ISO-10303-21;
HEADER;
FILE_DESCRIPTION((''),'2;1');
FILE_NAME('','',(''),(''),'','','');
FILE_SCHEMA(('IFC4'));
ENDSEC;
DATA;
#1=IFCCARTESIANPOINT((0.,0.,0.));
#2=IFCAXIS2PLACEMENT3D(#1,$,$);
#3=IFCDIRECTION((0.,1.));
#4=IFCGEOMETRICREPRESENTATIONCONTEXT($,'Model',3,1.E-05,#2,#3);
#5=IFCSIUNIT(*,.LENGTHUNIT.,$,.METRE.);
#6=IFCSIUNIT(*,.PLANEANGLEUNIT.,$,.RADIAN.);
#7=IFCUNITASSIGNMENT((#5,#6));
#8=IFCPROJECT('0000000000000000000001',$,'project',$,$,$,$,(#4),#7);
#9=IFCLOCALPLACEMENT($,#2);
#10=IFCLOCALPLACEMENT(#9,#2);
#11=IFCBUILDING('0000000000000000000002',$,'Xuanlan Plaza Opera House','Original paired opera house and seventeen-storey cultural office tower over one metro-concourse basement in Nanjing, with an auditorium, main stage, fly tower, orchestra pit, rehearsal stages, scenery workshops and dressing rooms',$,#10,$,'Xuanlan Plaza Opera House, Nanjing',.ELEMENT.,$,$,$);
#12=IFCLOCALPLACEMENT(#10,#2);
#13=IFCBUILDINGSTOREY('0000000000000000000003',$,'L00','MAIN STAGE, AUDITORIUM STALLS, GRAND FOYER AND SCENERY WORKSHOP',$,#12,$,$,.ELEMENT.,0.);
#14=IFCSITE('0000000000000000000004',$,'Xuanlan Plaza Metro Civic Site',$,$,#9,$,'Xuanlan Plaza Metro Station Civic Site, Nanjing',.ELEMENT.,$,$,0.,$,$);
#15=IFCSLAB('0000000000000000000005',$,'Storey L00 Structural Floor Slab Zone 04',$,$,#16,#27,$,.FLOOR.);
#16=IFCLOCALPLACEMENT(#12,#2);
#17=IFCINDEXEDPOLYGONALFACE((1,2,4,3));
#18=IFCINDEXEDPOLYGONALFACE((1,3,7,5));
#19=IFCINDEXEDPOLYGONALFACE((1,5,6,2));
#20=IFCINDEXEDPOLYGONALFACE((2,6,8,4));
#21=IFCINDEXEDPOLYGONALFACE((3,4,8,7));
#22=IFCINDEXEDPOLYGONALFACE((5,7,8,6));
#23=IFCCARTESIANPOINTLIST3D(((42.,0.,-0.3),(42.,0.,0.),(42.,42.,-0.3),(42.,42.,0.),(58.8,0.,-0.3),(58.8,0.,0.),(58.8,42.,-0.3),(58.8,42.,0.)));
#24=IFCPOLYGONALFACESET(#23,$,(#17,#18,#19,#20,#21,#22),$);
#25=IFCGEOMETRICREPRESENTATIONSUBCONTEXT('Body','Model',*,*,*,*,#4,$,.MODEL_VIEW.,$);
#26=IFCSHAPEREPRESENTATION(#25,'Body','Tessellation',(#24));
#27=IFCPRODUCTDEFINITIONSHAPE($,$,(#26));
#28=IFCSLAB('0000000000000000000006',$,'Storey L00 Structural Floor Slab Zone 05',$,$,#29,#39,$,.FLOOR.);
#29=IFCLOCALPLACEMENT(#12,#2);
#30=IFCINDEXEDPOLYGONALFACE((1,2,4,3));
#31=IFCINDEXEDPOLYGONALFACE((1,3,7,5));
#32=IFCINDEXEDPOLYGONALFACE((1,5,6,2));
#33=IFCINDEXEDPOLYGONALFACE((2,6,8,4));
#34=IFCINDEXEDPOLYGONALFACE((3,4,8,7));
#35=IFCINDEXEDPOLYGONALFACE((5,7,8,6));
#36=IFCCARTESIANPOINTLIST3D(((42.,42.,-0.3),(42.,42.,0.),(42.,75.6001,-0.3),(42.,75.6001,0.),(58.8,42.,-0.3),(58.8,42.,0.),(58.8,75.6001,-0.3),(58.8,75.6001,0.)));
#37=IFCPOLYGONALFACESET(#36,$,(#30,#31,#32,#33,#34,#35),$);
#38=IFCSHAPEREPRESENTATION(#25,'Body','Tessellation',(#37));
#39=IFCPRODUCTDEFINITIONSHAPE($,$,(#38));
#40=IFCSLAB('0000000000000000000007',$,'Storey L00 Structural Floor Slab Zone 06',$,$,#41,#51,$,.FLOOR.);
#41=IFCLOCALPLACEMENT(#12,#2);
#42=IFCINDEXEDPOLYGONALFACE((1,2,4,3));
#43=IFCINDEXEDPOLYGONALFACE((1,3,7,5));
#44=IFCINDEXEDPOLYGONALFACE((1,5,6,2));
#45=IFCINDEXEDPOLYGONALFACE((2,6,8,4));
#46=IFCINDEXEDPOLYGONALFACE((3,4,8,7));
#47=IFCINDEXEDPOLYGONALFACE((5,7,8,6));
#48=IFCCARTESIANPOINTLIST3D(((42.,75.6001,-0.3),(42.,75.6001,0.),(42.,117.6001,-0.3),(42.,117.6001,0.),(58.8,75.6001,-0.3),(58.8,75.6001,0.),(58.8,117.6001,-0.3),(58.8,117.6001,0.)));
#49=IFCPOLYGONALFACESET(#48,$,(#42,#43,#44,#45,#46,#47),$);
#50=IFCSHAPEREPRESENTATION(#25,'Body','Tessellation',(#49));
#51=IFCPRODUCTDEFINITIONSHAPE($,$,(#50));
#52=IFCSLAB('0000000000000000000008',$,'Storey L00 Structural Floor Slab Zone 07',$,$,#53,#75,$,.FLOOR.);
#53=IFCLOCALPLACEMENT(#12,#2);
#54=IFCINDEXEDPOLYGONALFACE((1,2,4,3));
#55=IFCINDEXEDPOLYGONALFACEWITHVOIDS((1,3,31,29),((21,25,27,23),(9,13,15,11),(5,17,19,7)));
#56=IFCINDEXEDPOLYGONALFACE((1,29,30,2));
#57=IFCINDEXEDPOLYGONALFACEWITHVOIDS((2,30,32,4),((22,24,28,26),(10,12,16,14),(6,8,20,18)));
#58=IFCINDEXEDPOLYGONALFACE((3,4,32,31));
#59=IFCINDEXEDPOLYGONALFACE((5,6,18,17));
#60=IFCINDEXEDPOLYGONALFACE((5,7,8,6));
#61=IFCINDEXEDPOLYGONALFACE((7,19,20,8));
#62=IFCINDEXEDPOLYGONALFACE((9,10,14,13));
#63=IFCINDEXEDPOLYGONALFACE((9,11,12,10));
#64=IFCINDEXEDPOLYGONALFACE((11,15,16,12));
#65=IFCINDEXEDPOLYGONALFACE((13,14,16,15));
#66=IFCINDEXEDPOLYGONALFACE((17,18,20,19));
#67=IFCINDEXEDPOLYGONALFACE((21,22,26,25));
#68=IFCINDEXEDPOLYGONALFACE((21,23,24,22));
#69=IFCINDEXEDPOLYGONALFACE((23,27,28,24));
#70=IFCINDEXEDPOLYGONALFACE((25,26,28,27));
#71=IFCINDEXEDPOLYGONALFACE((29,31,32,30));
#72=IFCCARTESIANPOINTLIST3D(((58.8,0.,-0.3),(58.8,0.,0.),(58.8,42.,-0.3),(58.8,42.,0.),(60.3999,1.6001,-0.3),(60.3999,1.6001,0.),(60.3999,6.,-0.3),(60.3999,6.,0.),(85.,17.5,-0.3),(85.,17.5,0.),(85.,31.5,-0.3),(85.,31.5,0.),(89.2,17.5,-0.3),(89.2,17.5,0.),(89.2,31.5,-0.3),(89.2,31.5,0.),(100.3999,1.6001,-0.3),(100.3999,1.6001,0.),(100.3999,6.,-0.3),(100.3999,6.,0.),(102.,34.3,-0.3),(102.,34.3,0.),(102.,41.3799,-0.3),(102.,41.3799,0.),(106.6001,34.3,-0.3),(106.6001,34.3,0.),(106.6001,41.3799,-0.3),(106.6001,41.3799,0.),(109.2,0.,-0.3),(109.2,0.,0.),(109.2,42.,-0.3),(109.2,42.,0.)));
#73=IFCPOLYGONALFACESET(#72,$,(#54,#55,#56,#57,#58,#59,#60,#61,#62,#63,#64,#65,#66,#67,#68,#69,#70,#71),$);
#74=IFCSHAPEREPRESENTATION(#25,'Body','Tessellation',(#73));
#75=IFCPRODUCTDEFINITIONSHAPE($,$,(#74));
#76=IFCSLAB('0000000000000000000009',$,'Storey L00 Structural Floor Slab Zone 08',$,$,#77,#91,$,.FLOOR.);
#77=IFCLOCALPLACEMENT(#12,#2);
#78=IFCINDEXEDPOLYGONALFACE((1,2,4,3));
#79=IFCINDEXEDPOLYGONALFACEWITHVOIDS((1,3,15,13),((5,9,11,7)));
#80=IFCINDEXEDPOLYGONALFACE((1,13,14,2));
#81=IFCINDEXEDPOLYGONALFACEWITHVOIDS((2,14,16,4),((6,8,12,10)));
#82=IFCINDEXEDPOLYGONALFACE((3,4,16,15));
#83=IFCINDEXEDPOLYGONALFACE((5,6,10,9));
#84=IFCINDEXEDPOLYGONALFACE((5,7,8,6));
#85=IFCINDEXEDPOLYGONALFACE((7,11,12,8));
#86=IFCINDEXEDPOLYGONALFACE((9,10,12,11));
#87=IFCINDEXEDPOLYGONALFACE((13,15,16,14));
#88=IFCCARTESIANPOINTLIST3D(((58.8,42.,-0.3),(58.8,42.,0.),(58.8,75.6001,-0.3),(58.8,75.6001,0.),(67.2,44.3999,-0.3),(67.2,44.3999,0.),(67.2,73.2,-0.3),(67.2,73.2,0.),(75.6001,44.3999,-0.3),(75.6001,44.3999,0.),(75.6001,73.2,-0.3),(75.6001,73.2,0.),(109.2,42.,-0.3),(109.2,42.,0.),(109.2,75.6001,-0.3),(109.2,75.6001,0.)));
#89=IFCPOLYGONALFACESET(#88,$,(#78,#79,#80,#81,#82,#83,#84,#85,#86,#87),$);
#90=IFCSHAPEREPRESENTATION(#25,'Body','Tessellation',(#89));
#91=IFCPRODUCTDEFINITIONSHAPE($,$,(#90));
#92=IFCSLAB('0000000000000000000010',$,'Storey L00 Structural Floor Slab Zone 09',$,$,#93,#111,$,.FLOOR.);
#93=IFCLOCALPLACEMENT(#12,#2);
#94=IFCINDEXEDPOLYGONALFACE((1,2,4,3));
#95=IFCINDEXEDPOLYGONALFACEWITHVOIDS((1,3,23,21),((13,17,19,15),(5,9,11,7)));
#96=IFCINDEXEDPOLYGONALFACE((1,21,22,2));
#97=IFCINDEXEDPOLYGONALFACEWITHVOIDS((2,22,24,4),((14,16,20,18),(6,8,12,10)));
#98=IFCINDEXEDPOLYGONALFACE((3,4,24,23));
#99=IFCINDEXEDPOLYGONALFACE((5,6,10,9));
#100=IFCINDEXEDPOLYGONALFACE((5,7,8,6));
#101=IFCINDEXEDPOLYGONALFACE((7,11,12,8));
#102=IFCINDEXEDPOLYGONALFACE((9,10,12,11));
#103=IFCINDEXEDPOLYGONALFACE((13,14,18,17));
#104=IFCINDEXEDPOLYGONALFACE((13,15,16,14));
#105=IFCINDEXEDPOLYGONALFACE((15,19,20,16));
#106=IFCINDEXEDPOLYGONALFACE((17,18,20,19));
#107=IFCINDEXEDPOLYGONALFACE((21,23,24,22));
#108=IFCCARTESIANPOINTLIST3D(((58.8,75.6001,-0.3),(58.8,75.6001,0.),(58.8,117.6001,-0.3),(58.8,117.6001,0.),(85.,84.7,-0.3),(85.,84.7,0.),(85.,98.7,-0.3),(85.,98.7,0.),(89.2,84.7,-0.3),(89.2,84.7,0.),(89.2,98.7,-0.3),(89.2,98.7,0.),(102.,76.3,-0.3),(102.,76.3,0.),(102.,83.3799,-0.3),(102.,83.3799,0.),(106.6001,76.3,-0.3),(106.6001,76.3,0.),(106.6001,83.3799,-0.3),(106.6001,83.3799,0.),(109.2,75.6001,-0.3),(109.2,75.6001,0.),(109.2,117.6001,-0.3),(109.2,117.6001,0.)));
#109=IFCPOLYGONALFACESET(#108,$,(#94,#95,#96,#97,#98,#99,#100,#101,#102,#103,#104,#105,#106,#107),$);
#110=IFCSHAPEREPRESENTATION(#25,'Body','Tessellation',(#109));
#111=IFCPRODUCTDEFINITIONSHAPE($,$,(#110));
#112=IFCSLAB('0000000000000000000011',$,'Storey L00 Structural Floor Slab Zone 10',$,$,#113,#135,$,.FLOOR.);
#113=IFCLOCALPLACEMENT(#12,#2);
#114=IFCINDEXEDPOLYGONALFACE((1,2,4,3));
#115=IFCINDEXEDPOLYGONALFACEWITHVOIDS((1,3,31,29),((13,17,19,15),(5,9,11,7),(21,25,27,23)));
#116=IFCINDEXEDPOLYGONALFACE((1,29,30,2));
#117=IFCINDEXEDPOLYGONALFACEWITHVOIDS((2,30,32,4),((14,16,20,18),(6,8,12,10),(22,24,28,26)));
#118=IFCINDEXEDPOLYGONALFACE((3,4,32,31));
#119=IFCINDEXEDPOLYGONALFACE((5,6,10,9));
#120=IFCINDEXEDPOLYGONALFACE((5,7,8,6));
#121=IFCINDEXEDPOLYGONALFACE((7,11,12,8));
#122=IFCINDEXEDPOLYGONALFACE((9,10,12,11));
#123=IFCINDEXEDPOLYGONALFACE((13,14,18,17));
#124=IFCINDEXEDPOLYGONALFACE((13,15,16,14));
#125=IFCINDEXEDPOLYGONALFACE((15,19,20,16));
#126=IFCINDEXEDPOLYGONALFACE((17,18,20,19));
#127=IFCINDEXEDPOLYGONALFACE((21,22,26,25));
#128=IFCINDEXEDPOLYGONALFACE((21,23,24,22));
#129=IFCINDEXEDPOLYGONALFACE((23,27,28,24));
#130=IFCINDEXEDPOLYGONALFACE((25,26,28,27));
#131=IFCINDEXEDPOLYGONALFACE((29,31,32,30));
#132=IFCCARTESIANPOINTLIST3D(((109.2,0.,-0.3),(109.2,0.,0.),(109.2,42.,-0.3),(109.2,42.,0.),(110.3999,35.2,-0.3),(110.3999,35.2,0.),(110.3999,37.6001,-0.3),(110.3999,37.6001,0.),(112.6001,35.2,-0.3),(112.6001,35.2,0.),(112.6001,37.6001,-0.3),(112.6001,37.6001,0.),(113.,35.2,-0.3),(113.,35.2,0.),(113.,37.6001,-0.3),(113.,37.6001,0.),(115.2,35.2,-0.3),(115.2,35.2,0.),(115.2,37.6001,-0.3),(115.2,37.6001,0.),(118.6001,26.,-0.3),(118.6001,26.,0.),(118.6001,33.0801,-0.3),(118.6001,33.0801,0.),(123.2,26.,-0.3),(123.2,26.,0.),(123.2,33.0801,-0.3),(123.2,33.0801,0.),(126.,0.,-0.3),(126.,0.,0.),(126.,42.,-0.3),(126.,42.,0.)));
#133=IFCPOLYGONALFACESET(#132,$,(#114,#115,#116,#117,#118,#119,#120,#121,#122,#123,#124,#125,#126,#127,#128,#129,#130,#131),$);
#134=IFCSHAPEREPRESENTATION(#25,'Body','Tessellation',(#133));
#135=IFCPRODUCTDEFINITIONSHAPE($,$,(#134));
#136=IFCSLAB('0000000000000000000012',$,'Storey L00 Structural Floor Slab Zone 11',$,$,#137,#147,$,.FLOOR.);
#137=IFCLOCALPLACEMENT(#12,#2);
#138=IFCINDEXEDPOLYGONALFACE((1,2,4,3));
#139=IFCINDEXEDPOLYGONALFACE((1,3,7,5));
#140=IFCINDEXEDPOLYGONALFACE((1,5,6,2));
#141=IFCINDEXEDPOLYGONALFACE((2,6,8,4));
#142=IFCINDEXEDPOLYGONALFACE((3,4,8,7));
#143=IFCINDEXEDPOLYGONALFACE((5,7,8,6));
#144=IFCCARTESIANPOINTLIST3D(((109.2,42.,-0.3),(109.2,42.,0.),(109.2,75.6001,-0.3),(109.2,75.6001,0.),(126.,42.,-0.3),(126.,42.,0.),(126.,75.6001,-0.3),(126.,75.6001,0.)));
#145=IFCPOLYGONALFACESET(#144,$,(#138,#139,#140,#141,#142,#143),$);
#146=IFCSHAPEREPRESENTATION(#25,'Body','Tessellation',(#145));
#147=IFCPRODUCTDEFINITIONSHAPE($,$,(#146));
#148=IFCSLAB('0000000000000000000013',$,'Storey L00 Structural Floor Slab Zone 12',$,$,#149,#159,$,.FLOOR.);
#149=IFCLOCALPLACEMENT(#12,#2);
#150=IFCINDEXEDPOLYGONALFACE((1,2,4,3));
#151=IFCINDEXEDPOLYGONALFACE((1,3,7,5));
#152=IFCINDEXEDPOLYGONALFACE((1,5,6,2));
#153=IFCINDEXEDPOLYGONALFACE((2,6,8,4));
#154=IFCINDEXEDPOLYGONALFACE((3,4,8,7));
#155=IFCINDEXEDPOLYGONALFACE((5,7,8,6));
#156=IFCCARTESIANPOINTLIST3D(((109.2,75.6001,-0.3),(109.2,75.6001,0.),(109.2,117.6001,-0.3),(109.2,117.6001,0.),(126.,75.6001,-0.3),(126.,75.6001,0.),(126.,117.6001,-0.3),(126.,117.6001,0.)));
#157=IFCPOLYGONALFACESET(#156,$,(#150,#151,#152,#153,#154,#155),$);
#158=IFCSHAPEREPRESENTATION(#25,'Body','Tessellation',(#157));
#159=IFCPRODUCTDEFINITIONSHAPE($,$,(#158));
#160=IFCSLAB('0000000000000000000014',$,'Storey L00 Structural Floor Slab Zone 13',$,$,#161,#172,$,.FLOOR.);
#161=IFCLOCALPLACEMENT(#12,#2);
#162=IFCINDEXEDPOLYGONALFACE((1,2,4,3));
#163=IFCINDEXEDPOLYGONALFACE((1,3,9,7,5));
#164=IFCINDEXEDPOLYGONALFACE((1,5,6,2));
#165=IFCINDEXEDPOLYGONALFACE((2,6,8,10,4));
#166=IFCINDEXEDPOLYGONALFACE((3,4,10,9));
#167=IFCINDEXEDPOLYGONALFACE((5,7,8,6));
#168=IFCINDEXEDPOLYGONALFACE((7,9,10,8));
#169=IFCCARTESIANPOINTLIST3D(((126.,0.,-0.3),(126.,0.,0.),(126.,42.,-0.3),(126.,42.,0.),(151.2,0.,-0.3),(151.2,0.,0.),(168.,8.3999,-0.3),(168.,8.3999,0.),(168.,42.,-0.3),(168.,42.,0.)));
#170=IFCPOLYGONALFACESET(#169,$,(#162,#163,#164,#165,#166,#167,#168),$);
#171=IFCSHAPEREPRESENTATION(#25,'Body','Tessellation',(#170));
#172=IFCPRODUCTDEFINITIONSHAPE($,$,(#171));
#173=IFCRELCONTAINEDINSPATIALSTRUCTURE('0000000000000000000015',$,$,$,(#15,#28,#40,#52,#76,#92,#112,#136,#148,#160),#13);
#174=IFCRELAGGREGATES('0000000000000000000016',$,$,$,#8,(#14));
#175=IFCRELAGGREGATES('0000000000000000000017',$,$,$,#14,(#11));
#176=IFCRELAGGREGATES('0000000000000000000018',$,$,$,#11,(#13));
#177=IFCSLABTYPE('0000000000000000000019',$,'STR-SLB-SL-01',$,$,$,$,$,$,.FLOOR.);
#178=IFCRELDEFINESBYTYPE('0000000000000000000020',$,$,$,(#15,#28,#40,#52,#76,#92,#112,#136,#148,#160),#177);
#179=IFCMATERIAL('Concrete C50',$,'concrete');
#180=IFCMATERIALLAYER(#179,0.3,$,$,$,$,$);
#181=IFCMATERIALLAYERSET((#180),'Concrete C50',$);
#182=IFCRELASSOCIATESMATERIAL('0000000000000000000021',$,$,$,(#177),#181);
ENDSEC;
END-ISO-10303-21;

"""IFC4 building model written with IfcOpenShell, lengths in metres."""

from ifc_helpers import new_model, si_unit, direction, frame, origin, place, context, subcontext, project, spatial, polyline, outline, extrude, material, layer, layer_set, type_object, element, save


model = new_model("IFC4")

# Units and contexts
model_context = context("Model", 3, precision=1e-05, world=origin(), true_north=direction((0.0, 1.0)))
body_context = subcontext(model_context, "Body", "Model", "MODEL_VIEW")
ifc_project = project(units=[si_unit("LENGTHUNIT", "METRE"), si_unit("PLANEANGLEUNIT", "RADIAN")], contexts=[model_context])

# Site, building, storey
site_placement = place(None, origin())
site = spatial("IfcSite", under=ifc_project, at=site_placement, Name="Xuanlan Plaza Metro Civic Site", LongName="Xuanlan Plaza Metro Station Civic Site, Nanjing", CompositionType="ELEMENT", RefElevation=0.0)
building_placement = place(site_placement, origin())
building = spatial("IfcBuilding", under=site, at=building_placement, Name="Xuanlan Plaza Opera House", Description="Original paired opera house and seventeen-storey cultural office tower over one metro-concourse basement in Nanjing, with an auditorium, main stage, fly tower, orchestra pit, rehearsal stages, scenery workshops and dressing rooms", LongName="Xuanlan Plaza Opera House, Nanjing", CompositionType="ELEMENT")
storey_placement = place(building_placement, origin())
storey = spatial("IfcBuildingStorey", under=building, at=storey_placement, Name="L00", Description="MAIN STAGE, AUDITORIUM STALLS, GRAND FOYER AND SCENERY WORKSHOP", CompositionType="ELEMENT", Elevation=0.0)

# Slabs
ifc_material_1 = material(Name="Concrete C50", Category="concrete")
ifc_layer_1 = layer(ifc_material_1, 0.3)
ifc_layer_set_1 = layer_set([ifc_layer_1], Name="Concrete C50")
slab_type_1 = type_object("IfcSlabType", Name="STR-SLB-SL-01", PredefinedType="FLOOR", material=ifc_layer_set_1)
slab_1_placement = place(storey_placement, frame((0.0, 0.0, -0.3)))
element("IfcSlab", 1, at=slab_1_placement, inside=storey, type_object=slab_type_1, Name="Storey L00 Structural Floor Slab Zone 04", PredefinedType="FLOOR", context=body_context, shape_type="SweptSolid", body=[
    extrude(outline(polyline([(42.0, 0.0), (42.0, 42.0), (58.8, 42.0), (58.8, 0.0), (42.0, 0.0)])), origin(), (0.0, 0.0, 1.0), 0.3),
])
slab_2_placement = place(storey_placement, frame((0.0, 0.0, -0.3)))
element("IfcSlab", 2, at=slab_2_placement, inside=storey, type_object=slab_type_1, Name="Storey L00 Structural Floor Slab Zone 05", PredefinedType="FLOOR", context=body_context, shape_type="SweptSolid", body=[
    extrude(outline(polyline([(42.0, 42.0), (42.0, 75.6001), (58.8, 75.6001), (58.8, 42.0), (42.0, 42.0)])), origin(), (0.0, 0.0, 1.0), 0.3),
])
slab_3_placement = place(storey_placement, frame((0.0, 0.0, -0.3)))
element("IfcSlab", 3, at=slab_3_placement, inside=storey, type_object=slab_type_1, Name="Storey L00 Structural Floor Slab Zone 06", PredefinedType="FLOOR", context=body_context, shape_type="SweptSolid", body=[
    extrude(outline(polyline([(58.8, 117.6001), (58.8, 75.6001), (42.0, 75.6001), (42.0, 117.6001), (58.8, 117.6001)])), origin(), (0.0, 0.0, 1.0), 0.3),
])
slab_4_placement = place(storey_placement, frame((0.0, 0.0, -0.3)))
element("IfcSlab", 4, at=slab_4_placement, inside=storey, type_object=slab_type_1, Name="Storey L00 Structural Floor Slab Zone 07", PredefinedType="FLOOR", context=body_context, shape_type="SweptSolid", body=[
    extrude(outline(polyline([(58.8, 0.0), (58.8, 42.0), (109.2, 42.0), (109.2, 0.0), (58.8, 0.0)]), holes=[polyline([(89.2, 17.5), (89.2, 31.5), (85.0, 31.5), (85.0, 17.5), (89.2, 17.5)]), polyline([(102.0, 41.3799), (102.0, 34.3), (106.6001, 34.3), (106.6001, 41.3799), (102.0, 41.3799)]), polyline([(100.3999, 6.0), (60.3999, 6.0), (60.3999, 1.6001), (100.3999, 1.6001), (100.3999, 6.0)])]), origin(), (0.0, 0.0, 1.0), 0.3),
])
slab_5_placement = place(storey_placement, frame((0.0, 0.0, -0.3)))
element("IfcSlab", 5, at=slab_5_placement, inside=storey, type_object=slab_type_1, Name="Storey L00 Structural Floor Slab Zone 08", PredefinedType="FLOOR", context=body_context, shape_type="SweptSolid", body=[
    extrude(outline(polyline([(58.8, 42.0), (58.8, 75.6001), (109.2, 75.6001), (109.2, 42.0), (58.8, 42.0)]), holes=[polyline([(67.2, 73.2), (67.2, 44.3999), (75.6001, 44.3999), (75.6001, 73.2), (67.2, 73.2)])]), origin(), (0.0, 0.0, 1.0), 0.3),
])
slab_6_placement = place(storey_placement, frame((0.0, 0.0, -0.3)))
element("IfcSlab", 6, at=slab_6_placement, inside=storey, type_object=slab_type_1, Name="Storey L00 Structural Floor Slab Zone 09", PredefinedType="FLOOR", context=body_context, shape_type="SweptSolid", body=[
    extrude(outline(polyline([(109.2, 117.6001), (109.2, 75.6001), (58.8, 75.6001), (58.8, 117.6001), (109.2, 117.6001)]), holes=[polyline([(85.0, 84.7), (89.2, 84.7), (89.2, 98.7), (85.0, 98.7), (85.0, 84.7)]), polyline([(106.6001, 83.3799), (102.0, 83.3799), (102.0, 76.3), (106.6001, 76.3), (106.6001, 83.3799)])]), origin(), (0.0, 0.0, 1.0), 0.3),
])
slab_7_placement = place(storey_placement, frame((0.0, 0.0, -0.3)))
element("IfcSlab", 7, at=slab_7_placement, inside=storey, type_object=slab_type_1, Name="Storey L00 Structural Floor Slab Zone 10", PredefinedType="FLOOR", context=body_context, shape_type="SweptSolid", body=[
    extrude(outline(polyline([(109.2, 0.0), (109.2, 42.0), (126.0, 42.0), (126.0, 0.0), (109.2, 0.0)]), holes=[polyline([(123.2, 26.0), (123.2, 33.0801), (118.6001, 33.0801), (118.6001, 26.0), (123.2, 26.0)]), polyline([(112.6001, 37.6001), (110.3999, 37.6001), (110.3999, 35.2), (112.6001, 35.2), (112.6001, 37.6001)]), polyline([(115.2, 35.2), (115.2, 37.6001), (113.0, 37.6001), (113.0, 35.2), (115.2, 35.2)])]), origin(), (0.0, 0.0, 1.0), 0.3),
])
slab_8_placement = place(storey_placement, frame((0.0, 0.0, -0.3)))
element("IfcSlab", 8, at=slab_8_placement, inside=storey, type_object=slab_type_1, Name="Storey L00 Structural Floor Slab Zone 11", PredefinedType="FLOOR", context=body_context, shape_type="SweptSolid", body=[
    extrude(outline(polyline([(109.2, 42.0), (109.2, 75.6001), (126.0, 75.6001), (126.0, 42.0), (109.2, 42.0)])), origin(), (0.0, 0.0, 1.0), 0.3),
])
slab_9_placement = place(storey_placement, frame((0.0, 0.0, -0.3)))
element("IfcSlab", 9, at=slab_9_placement, inside=storey, type_object=slab_type_1, Name="Storey L00 Structural Floor Slab Zone 12", PredefinedType="FLOOR", context=body_context, shape_type="SweptSolid", body=[
    extrude(outline(polyline([(126.0, 117.6001), (126.0, 75.6001), (109.2, 75.6001), (109.2, 117.6001), (126.0, 117.6001)])), origin(), (0.0, 0.0, 1.0), 0.3),
])
slab_10_placement = place(storey_placement, frame((0.0, 0.0, -0.3)))
element("IfcSlab", 10, at=slab_10_placement, inside=storey, type_object=slab_type_1, Name="Storey L00 Structural Floor Slab Zone 13", PredefinedType="FLOOR", context=body_context, shape_type="SweptSolid", body=[
    extrude(outline(polyline([(168.0, 8.3999), (151.2, 0.0), (126.0, 0.0), (126.0, 42.0), (168.0, 42.0), (168.0, 8.3999)])), origin(), (0.0, 0.0, 1.0), 0.3),
])

save(model, "model.ifc")
